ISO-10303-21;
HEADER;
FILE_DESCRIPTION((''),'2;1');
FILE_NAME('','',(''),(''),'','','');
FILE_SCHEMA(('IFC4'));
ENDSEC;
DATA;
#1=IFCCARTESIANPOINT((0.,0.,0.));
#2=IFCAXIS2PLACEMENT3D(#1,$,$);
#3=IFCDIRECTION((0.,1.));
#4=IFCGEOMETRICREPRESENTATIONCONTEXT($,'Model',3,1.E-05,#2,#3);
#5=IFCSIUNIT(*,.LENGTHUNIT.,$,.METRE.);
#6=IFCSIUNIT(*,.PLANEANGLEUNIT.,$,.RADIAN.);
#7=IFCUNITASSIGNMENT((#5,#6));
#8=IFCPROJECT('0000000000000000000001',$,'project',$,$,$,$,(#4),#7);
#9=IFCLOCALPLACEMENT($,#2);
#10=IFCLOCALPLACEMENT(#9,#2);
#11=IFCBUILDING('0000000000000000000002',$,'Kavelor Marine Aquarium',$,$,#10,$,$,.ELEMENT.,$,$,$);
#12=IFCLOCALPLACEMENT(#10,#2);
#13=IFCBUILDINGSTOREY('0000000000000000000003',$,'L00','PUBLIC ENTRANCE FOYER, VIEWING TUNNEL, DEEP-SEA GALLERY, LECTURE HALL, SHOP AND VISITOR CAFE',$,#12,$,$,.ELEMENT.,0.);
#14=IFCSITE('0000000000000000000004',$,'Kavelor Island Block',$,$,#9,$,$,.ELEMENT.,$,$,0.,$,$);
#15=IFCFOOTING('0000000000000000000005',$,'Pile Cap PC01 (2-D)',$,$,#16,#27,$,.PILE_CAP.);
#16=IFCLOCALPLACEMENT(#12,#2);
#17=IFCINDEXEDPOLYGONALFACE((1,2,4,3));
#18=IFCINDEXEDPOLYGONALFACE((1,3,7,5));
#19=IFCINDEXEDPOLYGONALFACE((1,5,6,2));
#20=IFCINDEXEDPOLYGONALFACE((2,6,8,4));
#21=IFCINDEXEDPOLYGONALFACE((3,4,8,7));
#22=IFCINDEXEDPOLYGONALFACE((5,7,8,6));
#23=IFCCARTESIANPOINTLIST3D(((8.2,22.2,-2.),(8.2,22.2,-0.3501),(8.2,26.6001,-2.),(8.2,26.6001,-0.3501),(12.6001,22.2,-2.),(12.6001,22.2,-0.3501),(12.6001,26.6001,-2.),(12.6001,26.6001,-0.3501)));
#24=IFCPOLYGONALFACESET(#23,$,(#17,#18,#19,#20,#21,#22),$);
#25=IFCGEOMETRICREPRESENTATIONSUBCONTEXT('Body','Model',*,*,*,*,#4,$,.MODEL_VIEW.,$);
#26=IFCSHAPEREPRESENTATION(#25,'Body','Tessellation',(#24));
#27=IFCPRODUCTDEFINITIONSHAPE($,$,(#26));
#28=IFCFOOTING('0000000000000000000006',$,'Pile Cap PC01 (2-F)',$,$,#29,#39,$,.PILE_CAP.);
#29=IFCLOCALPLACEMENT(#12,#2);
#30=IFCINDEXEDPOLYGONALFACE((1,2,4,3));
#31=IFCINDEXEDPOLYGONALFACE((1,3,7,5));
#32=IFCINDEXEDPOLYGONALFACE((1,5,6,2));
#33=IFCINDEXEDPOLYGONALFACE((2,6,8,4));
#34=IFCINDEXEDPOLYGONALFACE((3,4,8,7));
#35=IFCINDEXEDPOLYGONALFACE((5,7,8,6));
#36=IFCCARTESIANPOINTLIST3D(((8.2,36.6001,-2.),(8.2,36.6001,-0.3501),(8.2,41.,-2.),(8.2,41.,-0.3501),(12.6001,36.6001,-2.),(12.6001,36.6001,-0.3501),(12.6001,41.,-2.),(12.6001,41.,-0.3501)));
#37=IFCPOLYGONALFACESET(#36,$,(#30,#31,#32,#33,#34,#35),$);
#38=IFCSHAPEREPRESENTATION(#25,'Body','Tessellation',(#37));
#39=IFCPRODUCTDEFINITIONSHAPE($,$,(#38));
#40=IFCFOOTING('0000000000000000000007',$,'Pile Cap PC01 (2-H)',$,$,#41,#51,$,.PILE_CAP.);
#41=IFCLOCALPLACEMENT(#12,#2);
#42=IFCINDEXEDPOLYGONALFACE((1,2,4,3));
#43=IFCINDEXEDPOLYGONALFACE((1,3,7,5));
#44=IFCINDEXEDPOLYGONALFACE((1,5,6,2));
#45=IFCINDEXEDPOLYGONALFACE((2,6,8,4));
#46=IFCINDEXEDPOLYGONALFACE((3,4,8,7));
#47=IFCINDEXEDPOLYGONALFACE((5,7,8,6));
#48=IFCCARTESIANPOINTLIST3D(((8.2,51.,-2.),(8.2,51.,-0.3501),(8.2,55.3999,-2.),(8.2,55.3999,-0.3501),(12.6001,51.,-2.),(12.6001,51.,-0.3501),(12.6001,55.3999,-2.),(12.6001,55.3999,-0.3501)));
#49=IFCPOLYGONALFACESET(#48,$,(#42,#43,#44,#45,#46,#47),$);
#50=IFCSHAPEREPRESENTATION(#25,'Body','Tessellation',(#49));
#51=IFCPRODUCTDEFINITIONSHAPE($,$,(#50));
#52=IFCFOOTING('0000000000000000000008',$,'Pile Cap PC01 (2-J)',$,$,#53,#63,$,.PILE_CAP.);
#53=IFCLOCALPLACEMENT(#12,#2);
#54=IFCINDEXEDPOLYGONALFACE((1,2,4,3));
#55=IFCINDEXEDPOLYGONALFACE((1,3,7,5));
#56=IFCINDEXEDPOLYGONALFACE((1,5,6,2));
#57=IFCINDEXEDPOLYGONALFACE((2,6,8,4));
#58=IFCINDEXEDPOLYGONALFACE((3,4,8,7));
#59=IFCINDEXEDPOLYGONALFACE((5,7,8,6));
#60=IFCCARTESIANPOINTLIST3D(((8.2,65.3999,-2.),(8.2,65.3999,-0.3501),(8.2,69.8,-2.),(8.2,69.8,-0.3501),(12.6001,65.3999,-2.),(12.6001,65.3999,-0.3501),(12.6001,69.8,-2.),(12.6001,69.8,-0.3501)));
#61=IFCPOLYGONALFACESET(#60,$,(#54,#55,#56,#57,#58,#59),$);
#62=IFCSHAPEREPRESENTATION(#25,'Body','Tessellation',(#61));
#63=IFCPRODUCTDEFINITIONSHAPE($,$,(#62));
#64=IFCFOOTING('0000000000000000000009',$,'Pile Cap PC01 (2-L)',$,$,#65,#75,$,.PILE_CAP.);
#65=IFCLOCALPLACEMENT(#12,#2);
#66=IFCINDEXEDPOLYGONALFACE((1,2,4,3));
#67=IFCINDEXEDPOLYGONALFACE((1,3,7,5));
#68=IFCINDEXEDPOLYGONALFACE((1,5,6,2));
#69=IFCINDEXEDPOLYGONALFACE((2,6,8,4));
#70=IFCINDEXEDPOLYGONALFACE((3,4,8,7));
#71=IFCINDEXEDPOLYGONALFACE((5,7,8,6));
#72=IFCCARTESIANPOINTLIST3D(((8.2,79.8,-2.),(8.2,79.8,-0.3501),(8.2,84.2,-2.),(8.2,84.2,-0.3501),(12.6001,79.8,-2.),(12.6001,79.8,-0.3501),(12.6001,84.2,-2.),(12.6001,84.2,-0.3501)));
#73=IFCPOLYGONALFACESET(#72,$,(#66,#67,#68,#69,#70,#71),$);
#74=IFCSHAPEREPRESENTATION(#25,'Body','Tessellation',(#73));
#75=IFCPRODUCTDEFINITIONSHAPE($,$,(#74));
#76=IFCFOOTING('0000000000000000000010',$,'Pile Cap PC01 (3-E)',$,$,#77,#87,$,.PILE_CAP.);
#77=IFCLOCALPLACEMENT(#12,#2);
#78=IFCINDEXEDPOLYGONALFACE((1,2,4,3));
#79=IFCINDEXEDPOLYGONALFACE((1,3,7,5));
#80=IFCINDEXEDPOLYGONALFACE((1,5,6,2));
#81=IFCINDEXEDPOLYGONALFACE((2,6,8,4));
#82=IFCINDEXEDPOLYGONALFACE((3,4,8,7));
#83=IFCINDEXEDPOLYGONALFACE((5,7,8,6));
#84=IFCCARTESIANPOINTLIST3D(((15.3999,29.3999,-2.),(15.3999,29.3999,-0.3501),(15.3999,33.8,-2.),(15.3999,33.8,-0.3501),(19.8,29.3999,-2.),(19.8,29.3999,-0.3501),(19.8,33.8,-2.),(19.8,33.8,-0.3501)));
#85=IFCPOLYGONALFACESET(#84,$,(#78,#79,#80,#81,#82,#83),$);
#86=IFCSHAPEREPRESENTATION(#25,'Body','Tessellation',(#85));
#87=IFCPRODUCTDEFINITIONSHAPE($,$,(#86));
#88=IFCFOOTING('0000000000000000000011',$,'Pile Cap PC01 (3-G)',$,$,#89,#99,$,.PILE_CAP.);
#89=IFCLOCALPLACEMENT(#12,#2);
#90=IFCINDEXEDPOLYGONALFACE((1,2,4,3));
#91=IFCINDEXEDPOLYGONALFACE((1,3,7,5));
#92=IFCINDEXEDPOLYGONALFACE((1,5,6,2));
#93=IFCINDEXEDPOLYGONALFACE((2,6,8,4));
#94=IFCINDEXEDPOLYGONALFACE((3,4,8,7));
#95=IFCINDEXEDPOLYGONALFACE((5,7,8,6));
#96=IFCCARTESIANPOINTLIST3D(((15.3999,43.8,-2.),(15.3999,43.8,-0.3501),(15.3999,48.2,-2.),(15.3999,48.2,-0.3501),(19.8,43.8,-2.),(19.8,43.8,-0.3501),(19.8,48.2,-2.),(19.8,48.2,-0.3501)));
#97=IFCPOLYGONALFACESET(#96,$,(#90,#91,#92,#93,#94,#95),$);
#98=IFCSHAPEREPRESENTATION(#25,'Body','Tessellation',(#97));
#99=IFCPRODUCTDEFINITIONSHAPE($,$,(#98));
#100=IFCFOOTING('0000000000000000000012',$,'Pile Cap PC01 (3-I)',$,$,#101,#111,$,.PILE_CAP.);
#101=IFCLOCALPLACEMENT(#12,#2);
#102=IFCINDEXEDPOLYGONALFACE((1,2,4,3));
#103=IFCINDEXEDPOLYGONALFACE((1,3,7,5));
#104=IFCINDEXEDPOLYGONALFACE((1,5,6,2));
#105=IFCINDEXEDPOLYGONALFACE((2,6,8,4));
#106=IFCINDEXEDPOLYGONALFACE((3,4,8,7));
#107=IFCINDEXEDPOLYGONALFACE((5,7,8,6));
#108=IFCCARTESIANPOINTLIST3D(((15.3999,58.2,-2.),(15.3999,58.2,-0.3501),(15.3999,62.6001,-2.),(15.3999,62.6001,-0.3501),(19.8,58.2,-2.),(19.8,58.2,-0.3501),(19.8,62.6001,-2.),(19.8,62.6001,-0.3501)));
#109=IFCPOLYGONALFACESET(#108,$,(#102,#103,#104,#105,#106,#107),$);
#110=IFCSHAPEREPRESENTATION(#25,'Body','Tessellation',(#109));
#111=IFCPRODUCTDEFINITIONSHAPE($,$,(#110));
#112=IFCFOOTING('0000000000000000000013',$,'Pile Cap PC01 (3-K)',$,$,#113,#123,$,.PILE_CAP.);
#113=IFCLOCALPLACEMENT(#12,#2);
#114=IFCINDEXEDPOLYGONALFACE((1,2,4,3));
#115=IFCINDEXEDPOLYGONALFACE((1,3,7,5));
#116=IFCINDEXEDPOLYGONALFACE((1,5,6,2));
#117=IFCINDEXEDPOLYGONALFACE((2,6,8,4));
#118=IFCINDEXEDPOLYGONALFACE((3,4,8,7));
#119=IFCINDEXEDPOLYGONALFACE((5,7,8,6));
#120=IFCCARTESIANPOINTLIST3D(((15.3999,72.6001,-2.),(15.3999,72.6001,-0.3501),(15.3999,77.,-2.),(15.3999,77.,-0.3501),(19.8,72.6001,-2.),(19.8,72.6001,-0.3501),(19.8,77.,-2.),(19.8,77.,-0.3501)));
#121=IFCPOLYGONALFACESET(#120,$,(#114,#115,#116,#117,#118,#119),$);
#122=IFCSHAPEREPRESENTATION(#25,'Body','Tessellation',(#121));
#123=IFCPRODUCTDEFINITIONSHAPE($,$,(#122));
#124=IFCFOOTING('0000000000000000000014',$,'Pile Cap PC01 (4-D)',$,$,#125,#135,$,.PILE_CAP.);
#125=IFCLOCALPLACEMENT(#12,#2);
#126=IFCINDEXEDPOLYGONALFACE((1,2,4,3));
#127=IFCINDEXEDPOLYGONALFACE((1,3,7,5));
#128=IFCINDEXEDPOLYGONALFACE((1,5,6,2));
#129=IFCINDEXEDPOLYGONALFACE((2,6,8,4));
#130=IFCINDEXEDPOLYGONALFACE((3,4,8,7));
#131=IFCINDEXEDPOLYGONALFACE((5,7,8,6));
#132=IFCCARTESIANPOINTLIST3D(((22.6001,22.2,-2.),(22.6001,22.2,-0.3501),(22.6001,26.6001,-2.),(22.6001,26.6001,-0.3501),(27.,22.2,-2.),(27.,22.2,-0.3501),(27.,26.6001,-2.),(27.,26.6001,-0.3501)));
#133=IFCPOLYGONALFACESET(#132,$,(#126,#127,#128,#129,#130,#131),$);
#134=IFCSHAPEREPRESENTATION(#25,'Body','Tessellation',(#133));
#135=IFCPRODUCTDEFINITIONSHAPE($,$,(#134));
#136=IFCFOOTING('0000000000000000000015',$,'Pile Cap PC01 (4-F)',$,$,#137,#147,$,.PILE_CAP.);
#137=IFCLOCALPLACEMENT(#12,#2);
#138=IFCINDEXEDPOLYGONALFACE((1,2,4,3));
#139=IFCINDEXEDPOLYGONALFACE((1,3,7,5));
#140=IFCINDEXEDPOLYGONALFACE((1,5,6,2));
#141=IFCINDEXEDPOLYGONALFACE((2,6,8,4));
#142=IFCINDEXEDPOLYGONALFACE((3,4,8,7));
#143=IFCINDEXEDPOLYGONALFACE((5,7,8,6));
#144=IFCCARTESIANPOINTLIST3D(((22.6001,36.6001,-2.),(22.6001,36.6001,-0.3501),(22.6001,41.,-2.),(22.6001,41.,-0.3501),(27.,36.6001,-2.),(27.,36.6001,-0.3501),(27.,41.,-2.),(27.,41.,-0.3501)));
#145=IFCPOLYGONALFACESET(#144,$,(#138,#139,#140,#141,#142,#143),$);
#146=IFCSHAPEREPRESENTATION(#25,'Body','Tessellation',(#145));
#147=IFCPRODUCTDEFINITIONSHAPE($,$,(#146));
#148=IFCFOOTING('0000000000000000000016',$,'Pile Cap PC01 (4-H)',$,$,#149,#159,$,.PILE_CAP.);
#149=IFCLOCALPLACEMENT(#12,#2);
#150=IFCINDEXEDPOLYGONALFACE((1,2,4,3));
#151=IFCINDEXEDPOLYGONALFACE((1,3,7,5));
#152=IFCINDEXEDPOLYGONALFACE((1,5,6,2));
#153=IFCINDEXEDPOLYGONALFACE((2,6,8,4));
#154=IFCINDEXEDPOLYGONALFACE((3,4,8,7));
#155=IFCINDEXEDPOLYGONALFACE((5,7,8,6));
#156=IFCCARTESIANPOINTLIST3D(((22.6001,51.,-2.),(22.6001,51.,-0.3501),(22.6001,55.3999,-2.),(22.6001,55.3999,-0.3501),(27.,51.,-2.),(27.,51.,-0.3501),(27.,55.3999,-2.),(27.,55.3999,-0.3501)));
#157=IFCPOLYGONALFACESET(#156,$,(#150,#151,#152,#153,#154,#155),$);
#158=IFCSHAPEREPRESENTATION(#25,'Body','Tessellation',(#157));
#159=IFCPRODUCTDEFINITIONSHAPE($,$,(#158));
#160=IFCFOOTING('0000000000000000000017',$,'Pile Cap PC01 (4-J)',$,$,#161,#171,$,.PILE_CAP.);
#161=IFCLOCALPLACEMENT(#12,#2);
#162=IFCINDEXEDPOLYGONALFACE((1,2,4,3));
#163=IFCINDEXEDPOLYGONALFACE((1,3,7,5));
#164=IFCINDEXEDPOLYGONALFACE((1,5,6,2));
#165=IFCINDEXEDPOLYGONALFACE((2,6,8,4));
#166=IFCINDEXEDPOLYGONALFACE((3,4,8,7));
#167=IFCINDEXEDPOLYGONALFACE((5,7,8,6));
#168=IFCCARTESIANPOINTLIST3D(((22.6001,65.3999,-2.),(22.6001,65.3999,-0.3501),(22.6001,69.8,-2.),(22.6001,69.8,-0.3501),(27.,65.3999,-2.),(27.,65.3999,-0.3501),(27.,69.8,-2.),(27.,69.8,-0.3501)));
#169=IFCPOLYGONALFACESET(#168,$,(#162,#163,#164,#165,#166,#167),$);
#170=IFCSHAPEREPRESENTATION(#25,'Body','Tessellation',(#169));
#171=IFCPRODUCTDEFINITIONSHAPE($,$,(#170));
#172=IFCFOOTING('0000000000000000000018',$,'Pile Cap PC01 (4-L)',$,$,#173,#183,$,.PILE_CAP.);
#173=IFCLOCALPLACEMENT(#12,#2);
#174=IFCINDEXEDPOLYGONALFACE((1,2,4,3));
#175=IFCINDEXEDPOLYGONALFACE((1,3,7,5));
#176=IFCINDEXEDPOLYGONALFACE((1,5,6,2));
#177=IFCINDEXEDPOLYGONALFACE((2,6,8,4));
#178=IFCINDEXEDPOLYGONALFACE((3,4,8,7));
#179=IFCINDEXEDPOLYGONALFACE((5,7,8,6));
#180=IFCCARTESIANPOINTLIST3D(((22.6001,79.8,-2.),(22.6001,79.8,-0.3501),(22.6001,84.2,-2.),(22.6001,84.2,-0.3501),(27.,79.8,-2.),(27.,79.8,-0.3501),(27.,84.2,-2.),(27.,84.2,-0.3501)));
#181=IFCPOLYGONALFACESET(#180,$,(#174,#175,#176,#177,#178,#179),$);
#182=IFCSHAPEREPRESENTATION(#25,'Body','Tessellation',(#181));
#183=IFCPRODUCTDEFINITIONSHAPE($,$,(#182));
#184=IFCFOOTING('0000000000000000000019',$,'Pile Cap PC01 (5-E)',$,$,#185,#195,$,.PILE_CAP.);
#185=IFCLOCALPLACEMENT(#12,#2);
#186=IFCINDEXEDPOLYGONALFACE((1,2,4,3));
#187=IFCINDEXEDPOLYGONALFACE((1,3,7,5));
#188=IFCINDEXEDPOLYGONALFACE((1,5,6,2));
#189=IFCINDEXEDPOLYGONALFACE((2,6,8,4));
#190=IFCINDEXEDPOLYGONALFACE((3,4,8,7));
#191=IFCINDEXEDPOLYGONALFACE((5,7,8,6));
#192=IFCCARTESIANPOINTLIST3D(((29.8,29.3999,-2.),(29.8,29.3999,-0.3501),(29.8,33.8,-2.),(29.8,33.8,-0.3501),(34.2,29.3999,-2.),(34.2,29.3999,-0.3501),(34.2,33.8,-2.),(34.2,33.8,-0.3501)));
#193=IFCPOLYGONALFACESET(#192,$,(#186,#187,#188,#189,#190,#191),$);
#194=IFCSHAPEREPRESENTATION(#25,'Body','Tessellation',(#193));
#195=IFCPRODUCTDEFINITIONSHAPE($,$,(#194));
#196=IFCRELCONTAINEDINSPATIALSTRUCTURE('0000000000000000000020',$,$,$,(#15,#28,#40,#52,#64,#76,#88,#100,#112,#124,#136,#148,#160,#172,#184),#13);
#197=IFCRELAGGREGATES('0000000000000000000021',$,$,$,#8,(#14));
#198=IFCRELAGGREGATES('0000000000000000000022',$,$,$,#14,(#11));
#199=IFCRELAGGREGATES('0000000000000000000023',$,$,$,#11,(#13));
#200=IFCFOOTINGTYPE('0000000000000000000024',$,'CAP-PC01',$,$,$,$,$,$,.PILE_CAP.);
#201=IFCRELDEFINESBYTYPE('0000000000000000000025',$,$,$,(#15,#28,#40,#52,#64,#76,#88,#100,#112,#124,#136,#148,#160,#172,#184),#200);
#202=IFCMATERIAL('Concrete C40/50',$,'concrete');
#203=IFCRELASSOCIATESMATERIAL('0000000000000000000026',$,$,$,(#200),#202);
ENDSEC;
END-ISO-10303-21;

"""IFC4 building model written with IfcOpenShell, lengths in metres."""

from ifc_helpers import new_model, si_unit, direction, frame, origin, place, context, subcontext, project, spatial, polyline, outline, extrude, material, type_object, element, save


model = new_model("IFC4")

# Units and contexts
model_context = context("Model", 3, precision=1e-05, world=origin(), true_north=direction((0.0, 1.0)))
body_context = subcontext(model_context, "Body", "Model", "MODEL_VIEW")
ifc_project = project(units=[si_unit("LENGTHUNIT", "METRE"), si_unit("PLANEANGLEUNIT", "RADIAN")], contexts=[model_context])

# Site, building, storey
site_placement = place(None, origin())
site = spatial("IfcSite", under=ifc_project, at=site_placement, Name="Kavelor Island Block", CompositionType="ELEMENT", RefElevation=0.0)
building_placement = place(site_placement, origin())
building = spatial("IfcBuilding", under=site, at=building_placement, Name="Kavelor Marine Aquarium", CompositionType="ELEMENT")
storey_placement = place(building_placement, origin())
storey = spatial("IfcBuildingStorey", under=building, at=storey_placement, Name="L00", Description="PUBLIC ENTRANCE FOYER, VIEWING TUNNEL, DEEP-SEA GALLERY, LECTURE HALL, SHOP AND VISITOR CAFE", CompositionType="ELEMENT", Elevation=0.0)

# Footings
ifc_material_1 = material(Name="Concrete C40/50", Category="concrete")
footing_type_1 = type_object("IfcFootingType", Name="CAP-PC01", PredefinedType="PILE_CAP", material=ifc_material_1)
footing_1_placement = place(storey_placement, frame((0.0, 0.0, -2.0)))
element("IfcFooting", 1, at=footing_1_placement, inside=storey, type_object=footing_type_1, Name="Pile Cap PC01 (2-D)", PredefinedType="PILE_CAP", context=body_context, shape_type="SweptSolid", body=[
    extrude(outline(polyline([(8.2, 22.2), (12.6001, 22.2), (12.6001, 26.6001), (8.2, 26.6001), (8.2, 22.2)])), origin(), (0.0, 0.0, 1.0), 1.6499),
])
footing_2_placement = place(storey_placement, frame((0.0, 0.0, -2.0)))
element("IfcFooting", 2, at=footing_2_placement, inside=storey, type_object=footing_type_1, Name="Pile Cap PC01 (2-F)", PredefinedType="PILE_CAP", context=body_context, shape_type="SweptSolid", body=[
    extrude(outline(polyline([(8.2, 36.6001), (12.6001, 36.6001), (12.6001, 41.0), (8.2, 41.0), (8.2, 36.6001)])), origin(), (0.0, 0.0, 1.0), 1.6499),
])
footing_3_placement = place(storey_placement, frame((0.0, 0.0, -2.0)))
element("IfcFooting", 3, at=footing_3_placement, inside=storey, type_object=footing_type_1, Name="Pile Cap PC01 (2-H)", PredefinedType="PILE_CAP", context=body_context, shape_type="SweptSolid", body=[
    extrude(outline(polyline([(8.2, 51.0), (12.6001, 51.0), (12.6001, 55.3999), (8.2, 55.3999), (8.2, 51.0)])), origin(), (0.0, 0.0, 1.0), 1.6499),
])
footing_4_placement = place(storey_placement, frame((0.0, 0.0, -2.0)))
element("IfcFooting", 4, at=footing_4_placement, inside=storey, type_object=footing_type_1, Name="Pile Cap PC01 (2-J)", PredefinedType="PILE_CAP", context=body_context, shape_type="SweptSolid", body=[
    extrude(outline(polyline([(8.2, 65.3999), (12.6001, 65.3999), (12.6001, 69.8), (8.2, 69.8), (8.2, 65.3999)])), origin(), (0.0, 0.0, 1.0), 1.6499),
])
footing_5_placement = place(storey_placement, frame((0.0, 0.0, -2.0)))
element("IfcFooting", 5, at=footing_5_placement, inside=storey, type_object=footing_type_1, Name="Pile Cap PC01 (2-L)", PredefinedType="PILE_CAP", context=body_context, shape_type="SweptSolid", body=[
    extrude(outline(polyline([(8.2, 79.8), (12.6001, 79.8), (12.6001, 84.2), (8.2, 84.2), (8.2, 79.8)])), origin(), (0.0, 0.0, 1.0), 1.6499),
])
footing_6_placement = place(storey_placement, frame((0.0, 0.0, -2.0)))
element("IfcFooting", 6, at=footing_6_placement, inside=storey, type_object=footing_type_1, Name="Pile Cap PC01 (3-E)", PredefinedType="PILE_CAP", context=body_context, shape_type="SweptSolid", body=[
    extrude(outline(polyline([(15.3999, 29.3999), (19.8, 29.3999), (19.8, 33.8), (15.3999, 33.8), (15.3999, 29.3999)])), origin(), (0.0, 0.0, 1.0), 1.6499),
])
footing_7_placement = place(storey_placement, frame((0.0, 0.0, -2.0)))
element("IfcFooting", 7, at=footing_7_placement, inside=storey, type_object=footing_type_1, Name="Pile Cap PC01 (3-G)", PredefinedType="PILE_CAP", context=body_context, shape_type="SweptSolid", body=[
    extrude(outline(polyline([(15.3999, 43.8), (19.8, 43.8), (19.8, 48.2), (15.3999, 48.2), (15.3999, 43.8)])), origin(), (0.0, 0.0, 1.0), 1.6499),
])
footing_8_placement = place(storey_placement, frame((0.0, 0.0, -2.0)))
element("IfcFooting", 8, at=footing_8_placement, inside=storey, type_object=footing_type_1, Name="Pile Cap PC01 (3-I)", PredefinedType="PILE_CAP", context=body_context, shape_type="SweptSolid", body=[
    extrude(outline(polyline([(15.3999, 58.2), (19.8, 58.2), (19.8, 62.6001), (15.3999, 62.6001), (15.3999, 58.2)])), origin(), (0.0, 0.0, 1.0), 1.6499),
])
footing_9_placement = place(storey_placement, frame((0.0, 0.0, -2.0)))
element("IfcFooting", 9, at=footing_9_placement, inside=storey, type_object=footing_type_1, Name="Pile Cap PC01 (3-K)", PredefinedType="PILE_CAP", context=body_context, shape_type="SweptSolid", body=[
    extrude(outline(polyline([(15.3999, 72.6001), (19.8, 72.6001), (19.8, 77.0), (15.3999, 77.0), (15.3999, 72.6001)])), origin(), (0.0, 0.0, 1.0), 1.6499),
])
footing_10_placement = place(storey_placement, frame((0.0, 0.0, -2.0)))
element("IfcFooting", 10, at=footing_10_placement, inside=storey, type_object=footing_type_1, Name="Pile Cap PC01 (4-D)", PredefinedType="PILE_CAP", context=body_context, shape_type="SweptSolid", body=[
    extrude(outline(polyline([(22.6001, 22.2), (27.0, 22.2), (27.0, 26.6001), (22.6001, 26.6001), (22.6001, 22.2)])), origin(), (0.0, 0.0, 1.0), 1.6499),
])
footing_11_placement = place(storey_placement, frame((0.0, 0.0, -2.0)))
element("IfcFooting", 11, at=footing_11_placement, inside=storey, type_object=footing_type_1, Name="Pile Cap PC01 (4-F)", PredefinedType="PILE_CAP", context=body_context, shape_type="SweptSolid", body=[
    extrude(outline(polyline([(22.6001, 36.6001), (27.0, 36.6001), (27.0, 41.0), (22.6001, 41.0), (22.6001, 36.6001)])), origin(), (0.0, 0.0, 1.0), 1.6499),
])
footing_12_placement = place(storey_placement, frame((0.0, 0.0, -2.0)))
element("IfcFooting", 12, at=footing_12_placement, inside=storey, type_object=footing_type_1, Name="Pile Cap PC01 (4-H)", PredefinedType="PILE_CAP", context=body_context, shape_type="SweptSolid", body=[
    extrude(outline(polyline([(22.6001, 51.0), (27.0, 51.0), (27.0, 55.3999), (22.6001, 55.3999), (22.6001, 51.0)])), origin(), (0.0, 0.0, 1.0), 1.6499),
])
footing_13_placement = place(storey_placement, frame((0.0, 0.0, -2.0)))
element("IfcFooting", 13, at=footing_13_placement, inside=storey, type_object=footing_type_1, Name="Pile Cap PC01 (4-J)", PredefinedType="PILE_CAP", context=body_context, shape_type="SweptSolid", body=[
    extrude(outline(polyline([(22.6001, 65.3999), (27.0, 65.3999), (27.0, 69.8), (22.6001, 69.8), (22.6001, 65.3999)])), origin(), (0.0, 0.0, 1.0), 1.6499),
])
footing_14_placement = place(storey_placement, frame((0.0, 0.0, -2.0)))
element("IfcFooting", 14, at=footing_14_placement, inside=storey, type_object=footing_type_1, Name="Pile Cap PC01 (4-L)", PredefinedType="PILE_CAP", context=body_context, shape_type="SweptSolid", body=[
    extrude(outline(polyline([(22.6001, 79.8), (27.0, 79.8), (27.0, 84.2), (22.6001, 84.2), (22.6001, 79.8)])), origin(), (0.0, 0.0, 1.0), 1.6499),
])
footing_15_placement = place(storey_placement, frame((0.0, 0.0, -2.0)))
element("IfcFooting", 15, at=footing_15_placement, inside=storey, type_object=footing_type_1, Name="Pile Cap PC01 (5-E)", PredefinedType="PILE_CAP", context=body_context, shape_type="SweptSolid", body=[
    extrude(outline(polyline([(29.8, 29.3999), (34.2, 29.3999), (34.2, 33.8), (29.8, 33.8), (29.8, 29.3999)])), origin(), (0.0, 0.0, 1.0), 1.6499),
])

save(model, "model.ifc")
